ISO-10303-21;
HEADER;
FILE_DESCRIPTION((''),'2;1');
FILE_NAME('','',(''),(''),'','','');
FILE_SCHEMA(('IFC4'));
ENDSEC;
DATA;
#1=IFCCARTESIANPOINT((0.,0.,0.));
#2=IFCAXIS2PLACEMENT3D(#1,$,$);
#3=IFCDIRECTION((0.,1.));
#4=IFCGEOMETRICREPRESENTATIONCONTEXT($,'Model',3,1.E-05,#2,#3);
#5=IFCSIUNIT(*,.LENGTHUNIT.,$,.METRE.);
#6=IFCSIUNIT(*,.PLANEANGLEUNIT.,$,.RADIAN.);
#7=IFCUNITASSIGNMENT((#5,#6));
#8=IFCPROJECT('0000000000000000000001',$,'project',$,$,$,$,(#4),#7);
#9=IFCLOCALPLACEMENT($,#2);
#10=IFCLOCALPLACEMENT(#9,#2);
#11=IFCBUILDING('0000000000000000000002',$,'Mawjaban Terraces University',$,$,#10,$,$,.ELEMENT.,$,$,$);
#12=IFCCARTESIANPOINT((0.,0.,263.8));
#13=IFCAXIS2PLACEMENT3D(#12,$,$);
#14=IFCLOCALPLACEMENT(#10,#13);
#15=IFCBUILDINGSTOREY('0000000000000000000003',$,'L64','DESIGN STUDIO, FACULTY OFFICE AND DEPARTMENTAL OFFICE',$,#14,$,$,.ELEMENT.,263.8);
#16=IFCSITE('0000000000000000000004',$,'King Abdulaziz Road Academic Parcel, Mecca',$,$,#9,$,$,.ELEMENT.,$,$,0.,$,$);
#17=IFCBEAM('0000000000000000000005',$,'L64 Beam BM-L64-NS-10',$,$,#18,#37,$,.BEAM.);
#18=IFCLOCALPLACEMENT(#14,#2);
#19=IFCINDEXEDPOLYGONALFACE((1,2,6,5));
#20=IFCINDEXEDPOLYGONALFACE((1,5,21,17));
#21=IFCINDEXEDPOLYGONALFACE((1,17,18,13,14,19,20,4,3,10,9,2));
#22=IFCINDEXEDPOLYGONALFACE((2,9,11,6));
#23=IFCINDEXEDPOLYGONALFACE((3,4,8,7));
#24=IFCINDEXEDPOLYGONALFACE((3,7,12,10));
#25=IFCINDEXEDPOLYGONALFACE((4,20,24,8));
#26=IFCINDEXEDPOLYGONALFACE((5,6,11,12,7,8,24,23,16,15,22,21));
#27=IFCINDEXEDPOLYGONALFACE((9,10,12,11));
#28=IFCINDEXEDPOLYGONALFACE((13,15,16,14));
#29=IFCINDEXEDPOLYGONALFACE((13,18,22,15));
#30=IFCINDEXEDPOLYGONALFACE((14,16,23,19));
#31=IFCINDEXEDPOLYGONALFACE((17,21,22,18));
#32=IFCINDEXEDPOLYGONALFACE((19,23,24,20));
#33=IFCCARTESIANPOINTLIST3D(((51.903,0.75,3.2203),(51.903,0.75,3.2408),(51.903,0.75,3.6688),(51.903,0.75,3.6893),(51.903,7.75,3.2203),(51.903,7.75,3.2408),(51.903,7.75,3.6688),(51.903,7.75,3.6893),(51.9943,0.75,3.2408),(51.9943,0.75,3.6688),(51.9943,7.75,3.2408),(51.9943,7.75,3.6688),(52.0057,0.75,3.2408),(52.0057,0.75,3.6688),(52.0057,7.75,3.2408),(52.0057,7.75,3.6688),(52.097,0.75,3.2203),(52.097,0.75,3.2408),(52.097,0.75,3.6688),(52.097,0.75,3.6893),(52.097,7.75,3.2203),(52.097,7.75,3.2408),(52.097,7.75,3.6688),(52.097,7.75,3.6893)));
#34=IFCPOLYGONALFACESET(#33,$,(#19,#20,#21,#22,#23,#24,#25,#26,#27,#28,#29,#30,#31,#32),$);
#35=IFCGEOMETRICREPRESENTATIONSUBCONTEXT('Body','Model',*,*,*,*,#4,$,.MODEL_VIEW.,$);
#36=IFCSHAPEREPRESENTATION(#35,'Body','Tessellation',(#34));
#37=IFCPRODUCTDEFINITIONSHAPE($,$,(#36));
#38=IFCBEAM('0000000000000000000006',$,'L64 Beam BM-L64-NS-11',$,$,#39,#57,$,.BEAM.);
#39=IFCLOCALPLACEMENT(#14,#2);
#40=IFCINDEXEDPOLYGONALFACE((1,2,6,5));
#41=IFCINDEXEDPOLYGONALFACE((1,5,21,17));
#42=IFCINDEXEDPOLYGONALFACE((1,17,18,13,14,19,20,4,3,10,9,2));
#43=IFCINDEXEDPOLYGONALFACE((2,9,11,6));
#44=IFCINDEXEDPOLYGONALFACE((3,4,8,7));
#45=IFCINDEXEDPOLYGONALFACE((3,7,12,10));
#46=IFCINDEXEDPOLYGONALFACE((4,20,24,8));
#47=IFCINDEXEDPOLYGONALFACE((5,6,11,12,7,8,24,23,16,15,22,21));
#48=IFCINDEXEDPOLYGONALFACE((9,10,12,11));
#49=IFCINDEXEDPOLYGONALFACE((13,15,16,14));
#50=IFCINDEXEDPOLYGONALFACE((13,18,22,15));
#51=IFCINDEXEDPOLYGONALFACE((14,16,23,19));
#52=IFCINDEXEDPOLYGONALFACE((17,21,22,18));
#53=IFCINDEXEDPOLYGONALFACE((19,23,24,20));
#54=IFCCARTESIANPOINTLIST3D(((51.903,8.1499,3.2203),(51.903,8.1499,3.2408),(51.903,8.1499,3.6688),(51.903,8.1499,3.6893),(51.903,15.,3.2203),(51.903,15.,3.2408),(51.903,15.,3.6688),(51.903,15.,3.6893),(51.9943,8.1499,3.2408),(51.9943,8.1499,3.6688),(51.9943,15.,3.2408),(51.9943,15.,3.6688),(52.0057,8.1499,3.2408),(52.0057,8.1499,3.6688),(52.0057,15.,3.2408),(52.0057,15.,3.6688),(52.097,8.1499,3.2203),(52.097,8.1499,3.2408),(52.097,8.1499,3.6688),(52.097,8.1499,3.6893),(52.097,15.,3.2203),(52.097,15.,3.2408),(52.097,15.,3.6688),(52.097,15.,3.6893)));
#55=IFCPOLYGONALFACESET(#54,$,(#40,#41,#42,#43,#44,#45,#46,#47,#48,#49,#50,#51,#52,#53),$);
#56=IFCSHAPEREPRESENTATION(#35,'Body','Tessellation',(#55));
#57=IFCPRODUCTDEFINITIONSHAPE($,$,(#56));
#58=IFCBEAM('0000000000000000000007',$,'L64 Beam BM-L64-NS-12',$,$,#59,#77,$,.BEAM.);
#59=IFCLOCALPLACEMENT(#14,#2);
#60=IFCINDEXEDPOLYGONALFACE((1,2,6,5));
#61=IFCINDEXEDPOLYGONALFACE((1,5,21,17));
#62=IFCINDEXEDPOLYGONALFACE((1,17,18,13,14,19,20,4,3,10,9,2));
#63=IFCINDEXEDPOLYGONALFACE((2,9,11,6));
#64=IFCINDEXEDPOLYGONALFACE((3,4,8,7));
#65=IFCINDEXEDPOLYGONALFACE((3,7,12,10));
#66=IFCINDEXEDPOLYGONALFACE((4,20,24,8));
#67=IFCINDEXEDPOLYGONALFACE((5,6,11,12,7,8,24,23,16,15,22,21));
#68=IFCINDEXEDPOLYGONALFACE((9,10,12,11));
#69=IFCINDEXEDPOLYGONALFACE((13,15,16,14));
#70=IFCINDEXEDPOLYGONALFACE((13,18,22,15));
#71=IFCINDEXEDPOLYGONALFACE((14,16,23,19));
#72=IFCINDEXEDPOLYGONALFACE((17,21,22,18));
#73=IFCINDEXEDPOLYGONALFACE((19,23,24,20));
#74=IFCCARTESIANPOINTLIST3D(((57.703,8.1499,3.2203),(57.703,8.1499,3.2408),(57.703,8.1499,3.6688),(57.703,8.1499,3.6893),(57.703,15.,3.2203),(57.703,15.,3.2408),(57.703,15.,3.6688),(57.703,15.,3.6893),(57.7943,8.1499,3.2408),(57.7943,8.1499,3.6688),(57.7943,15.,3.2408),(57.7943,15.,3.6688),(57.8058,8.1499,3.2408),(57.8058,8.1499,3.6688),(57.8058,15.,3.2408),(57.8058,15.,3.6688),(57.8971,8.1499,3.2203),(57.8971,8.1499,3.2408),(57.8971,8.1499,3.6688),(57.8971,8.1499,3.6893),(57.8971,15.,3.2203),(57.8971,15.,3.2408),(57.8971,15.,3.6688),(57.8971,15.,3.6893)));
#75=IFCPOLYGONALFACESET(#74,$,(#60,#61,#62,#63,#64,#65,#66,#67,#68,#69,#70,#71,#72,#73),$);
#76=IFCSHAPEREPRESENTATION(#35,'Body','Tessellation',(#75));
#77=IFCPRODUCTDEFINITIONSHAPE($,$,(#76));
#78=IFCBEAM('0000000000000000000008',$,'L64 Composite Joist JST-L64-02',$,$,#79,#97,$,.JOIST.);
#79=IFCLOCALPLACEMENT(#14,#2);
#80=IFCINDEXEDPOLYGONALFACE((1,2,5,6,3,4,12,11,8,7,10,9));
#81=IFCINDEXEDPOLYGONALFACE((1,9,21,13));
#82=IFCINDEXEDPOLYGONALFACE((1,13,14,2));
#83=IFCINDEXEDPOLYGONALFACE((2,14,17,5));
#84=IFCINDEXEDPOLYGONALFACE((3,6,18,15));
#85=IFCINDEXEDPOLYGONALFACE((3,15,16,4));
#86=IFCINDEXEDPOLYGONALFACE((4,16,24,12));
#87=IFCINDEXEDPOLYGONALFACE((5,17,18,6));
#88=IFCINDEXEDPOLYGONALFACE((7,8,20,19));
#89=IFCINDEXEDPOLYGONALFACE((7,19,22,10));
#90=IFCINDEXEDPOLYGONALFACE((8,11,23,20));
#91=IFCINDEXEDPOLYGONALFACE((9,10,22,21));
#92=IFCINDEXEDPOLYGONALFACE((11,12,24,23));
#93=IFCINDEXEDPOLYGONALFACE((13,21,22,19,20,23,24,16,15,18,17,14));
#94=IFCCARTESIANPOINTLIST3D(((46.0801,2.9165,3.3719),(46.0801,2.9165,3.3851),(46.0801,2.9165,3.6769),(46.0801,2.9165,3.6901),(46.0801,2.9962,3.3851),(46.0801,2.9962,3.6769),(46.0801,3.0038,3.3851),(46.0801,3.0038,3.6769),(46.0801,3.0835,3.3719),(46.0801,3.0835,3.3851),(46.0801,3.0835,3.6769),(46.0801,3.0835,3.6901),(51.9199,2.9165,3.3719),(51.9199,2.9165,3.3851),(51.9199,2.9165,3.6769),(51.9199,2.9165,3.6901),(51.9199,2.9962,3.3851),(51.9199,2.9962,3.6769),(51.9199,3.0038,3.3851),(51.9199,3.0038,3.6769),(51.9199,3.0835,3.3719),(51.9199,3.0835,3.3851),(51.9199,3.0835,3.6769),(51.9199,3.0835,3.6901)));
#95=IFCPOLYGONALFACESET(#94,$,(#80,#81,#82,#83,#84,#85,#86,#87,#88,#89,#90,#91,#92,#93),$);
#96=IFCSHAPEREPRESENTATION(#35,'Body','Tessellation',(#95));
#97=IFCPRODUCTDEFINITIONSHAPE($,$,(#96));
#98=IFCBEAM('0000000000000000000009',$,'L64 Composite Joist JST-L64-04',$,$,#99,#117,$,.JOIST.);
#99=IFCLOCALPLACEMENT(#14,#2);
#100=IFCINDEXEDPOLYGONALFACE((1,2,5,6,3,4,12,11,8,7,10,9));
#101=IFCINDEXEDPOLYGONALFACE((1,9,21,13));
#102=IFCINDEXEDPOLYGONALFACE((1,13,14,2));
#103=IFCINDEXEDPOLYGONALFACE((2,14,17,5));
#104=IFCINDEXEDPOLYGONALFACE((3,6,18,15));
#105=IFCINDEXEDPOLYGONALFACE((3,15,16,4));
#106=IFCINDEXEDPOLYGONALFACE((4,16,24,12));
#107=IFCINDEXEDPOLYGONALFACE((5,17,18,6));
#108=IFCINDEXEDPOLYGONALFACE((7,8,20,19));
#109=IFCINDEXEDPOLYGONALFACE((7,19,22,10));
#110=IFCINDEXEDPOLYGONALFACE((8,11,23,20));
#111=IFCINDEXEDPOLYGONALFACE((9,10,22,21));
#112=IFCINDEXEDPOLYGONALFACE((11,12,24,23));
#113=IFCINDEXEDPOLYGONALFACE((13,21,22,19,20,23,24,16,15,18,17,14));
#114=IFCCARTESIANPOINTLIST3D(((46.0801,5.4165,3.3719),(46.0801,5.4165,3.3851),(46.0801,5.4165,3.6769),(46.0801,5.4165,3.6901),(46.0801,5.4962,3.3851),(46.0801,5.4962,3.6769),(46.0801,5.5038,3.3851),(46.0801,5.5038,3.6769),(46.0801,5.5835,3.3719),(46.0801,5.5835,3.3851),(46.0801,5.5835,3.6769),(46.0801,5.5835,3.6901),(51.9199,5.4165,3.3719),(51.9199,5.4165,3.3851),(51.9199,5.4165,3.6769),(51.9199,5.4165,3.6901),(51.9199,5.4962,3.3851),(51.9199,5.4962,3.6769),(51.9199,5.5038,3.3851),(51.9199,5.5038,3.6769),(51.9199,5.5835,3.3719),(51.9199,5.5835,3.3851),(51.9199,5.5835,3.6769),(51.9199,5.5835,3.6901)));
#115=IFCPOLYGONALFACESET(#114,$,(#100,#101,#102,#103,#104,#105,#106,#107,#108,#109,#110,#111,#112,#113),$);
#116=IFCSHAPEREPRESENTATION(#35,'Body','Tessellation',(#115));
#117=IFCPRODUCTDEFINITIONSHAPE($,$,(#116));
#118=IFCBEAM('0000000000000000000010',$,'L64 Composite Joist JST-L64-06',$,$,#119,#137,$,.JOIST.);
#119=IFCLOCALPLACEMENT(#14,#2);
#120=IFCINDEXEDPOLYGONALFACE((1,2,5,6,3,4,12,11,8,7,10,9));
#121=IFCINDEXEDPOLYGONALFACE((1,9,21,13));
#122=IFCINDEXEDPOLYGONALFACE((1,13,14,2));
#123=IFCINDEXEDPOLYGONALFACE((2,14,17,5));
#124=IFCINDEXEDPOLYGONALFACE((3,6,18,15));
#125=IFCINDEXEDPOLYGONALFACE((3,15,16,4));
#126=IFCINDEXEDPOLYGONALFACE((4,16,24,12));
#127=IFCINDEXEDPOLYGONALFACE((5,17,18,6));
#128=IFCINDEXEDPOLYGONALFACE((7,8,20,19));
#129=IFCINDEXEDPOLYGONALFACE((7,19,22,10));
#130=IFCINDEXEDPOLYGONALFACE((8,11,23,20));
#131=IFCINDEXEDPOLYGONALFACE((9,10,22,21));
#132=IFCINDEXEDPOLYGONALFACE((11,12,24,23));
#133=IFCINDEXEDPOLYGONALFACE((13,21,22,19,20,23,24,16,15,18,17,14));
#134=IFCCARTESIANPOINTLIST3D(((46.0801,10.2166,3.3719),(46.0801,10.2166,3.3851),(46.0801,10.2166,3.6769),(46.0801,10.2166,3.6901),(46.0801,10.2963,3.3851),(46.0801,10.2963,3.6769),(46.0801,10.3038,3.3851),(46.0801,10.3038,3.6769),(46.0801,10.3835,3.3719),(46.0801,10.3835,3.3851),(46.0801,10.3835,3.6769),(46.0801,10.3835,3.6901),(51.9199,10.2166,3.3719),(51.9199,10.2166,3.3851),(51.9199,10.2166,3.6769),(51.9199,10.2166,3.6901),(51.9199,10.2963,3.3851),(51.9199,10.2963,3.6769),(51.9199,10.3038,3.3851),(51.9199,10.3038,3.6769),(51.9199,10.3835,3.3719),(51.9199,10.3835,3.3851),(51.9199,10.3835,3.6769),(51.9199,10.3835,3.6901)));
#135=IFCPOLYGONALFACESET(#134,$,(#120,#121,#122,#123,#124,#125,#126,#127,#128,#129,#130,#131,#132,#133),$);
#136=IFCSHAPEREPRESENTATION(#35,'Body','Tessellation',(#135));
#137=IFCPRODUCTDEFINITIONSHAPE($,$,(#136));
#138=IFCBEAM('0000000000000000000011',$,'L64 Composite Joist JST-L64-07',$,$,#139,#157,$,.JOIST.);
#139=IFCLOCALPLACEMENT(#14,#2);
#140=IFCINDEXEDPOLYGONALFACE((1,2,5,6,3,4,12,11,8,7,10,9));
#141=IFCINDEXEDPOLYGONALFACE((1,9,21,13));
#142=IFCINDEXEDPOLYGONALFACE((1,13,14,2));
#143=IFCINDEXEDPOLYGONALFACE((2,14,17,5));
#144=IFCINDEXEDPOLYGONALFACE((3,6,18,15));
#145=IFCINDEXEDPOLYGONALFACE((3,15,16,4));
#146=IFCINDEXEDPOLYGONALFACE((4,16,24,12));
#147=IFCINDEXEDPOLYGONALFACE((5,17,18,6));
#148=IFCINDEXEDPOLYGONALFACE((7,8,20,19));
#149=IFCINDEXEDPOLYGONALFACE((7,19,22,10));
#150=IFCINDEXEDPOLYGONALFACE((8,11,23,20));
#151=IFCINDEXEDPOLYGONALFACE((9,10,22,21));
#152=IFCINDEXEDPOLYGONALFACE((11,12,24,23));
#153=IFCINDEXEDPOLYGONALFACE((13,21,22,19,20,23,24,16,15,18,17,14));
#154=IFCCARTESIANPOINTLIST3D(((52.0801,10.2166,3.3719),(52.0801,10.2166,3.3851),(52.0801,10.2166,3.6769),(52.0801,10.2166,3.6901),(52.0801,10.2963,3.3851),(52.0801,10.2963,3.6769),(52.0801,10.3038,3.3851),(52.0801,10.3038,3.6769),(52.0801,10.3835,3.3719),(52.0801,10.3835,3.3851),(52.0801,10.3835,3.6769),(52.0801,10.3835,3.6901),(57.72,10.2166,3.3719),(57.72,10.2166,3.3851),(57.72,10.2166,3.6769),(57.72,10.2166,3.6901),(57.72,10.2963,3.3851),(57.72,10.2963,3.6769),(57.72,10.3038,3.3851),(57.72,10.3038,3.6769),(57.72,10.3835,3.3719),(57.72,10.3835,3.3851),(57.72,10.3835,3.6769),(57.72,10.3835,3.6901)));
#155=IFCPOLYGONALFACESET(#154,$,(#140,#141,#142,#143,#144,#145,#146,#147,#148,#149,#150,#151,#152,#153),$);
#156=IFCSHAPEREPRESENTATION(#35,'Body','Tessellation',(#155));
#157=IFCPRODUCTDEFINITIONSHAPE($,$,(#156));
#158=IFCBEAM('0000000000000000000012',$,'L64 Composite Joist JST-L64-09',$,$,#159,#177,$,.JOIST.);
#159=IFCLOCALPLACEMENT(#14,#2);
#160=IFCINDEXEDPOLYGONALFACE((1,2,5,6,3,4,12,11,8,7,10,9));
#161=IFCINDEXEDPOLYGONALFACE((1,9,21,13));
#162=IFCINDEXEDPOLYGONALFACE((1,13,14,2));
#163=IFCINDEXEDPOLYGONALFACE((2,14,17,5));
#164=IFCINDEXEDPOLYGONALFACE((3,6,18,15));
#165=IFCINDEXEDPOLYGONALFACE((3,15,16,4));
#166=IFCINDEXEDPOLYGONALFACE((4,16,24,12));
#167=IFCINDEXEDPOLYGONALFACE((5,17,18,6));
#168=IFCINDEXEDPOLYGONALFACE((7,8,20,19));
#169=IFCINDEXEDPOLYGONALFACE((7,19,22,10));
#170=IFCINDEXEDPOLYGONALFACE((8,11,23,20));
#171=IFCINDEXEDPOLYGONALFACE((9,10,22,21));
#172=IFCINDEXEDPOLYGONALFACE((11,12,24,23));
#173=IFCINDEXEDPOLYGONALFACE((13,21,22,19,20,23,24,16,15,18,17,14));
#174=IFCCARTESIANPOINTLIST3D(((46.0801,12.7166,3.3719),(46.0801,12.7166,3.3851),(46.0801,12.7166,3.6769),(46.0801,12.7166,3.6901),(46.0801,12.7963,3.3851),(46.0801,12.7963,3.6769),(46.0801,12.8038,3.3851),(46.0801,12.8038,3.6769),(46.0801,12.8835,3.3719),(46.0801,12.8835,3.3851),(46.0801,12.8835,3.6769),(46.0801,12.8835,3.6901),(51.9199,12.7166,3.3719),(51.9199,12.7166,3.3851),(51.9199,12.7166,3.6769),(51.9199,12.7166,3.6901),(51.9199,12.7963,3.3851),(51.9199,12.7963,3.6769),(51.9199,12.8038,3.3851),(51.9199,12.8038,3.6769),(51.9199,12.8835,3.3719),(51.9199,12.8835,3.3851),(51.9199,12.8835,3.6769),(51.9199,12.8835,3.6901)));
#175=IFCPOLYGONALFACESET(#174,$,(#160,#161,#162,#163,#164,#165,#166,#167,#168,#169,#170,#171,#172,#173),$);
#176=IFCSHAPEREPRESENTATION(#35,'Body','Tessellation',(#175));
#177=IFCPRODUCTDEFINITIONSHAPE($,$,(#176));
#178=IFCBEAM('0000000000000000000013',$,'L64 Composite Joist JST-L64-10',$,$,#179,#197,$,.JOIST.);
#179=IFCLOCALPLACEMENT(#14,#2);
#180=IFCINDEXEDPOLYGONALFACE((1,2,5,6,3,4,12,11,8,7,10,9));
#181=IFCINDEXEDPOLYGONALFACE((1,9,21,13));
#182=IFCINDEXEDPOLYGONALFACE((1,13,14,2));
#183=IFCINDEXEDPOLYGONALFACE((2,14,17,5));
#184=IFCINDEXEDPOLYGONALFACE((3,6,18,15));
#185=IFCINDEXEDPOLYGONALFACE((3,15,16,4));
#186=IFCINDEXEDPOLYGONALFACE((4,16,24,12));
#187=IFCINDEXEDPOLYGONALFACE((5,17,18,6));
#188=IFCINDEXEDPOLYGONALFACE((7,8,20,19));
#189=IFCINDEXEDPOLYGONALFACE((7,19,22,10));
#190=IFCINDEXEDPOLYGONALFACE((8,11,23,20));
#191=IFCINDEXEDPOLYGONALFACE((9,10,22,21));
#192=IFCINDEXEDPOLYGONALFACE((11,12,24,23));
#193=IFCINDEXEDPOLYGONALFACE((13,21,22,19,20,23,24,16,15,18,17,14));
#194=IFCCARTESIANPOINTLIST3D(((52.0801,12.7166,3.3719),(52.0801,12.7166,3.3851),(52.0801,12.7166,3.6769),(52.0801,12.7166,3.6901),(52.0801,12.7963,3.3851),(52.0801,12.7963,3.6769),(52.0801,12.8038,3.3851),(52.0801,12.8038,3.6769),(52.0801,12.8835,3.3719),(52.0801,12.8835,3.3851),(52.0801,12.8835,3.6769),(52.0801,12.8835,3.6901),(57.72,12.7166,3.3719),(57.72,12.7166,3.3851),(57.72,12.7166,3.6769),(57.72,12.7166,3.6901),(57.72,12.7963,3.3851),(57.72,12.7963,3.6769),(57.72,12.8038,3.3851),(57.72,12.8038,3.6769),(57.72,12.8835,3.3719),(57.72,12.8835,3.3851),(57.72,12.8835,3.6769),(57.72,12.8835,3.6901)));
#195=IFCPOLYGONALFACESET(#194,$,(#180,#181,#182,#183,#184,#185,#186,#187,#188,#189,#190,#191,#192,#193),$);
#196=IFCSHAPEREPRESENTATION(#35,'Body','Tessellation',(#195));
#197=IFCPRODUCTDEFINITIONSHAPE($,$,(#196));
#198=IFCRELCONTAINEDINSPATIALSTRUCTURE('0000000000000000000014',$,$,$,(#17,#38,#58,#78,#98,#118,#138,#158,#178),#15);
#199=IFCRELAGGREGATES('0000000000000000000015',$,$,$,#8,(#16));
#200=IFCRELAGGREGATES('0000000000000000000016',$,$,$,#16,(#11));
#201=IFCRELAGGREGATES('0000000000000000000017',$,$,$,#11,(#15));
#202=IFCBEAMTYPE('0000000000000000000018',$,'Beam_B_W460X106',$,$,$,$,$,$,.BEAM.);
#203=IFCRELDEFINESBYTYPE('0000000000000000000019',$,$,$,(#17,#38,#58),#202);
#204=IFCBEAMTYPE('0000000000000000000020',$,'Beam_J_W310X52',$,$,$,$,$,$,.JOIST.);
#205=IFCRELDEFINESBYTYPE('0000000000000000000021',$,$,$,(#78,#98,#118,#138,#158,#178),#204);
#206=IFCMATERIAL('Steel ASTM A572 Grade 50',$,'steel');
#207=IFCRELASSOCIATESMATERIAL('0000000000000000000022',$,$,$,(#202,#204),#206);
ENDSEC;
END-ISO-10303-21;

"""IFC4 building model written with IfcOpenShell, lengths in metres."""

from ifc_helpers import new_model, si_unit, direction, frame, origin, origin_2d, place, context, subcontext, project, spatial, i_section, extrude, material, material_profile, profile_set, type_object, element, save


model = new_model("IFC4")

# Units and contexts
model_context = context("Model", 3, precision=1e-05, world=origin(), true_north=direction((0.0, 1.0)))
body_context = subcontext(model_context, "Body", "Model", "MODEL_VIEW")
ifc_project = project(units=[si_unit("LENGTHUNIT", "METRE"), si_unit("PLANEANGLEUNIT", "RADIAN")], contexts=[model_context])

# Site, building, storey
site_placement = place(None, origin())
site = spatial("IfcSite", under=ifc_project, at=site_placement, Name="King Abdulaziz Road Academic Parcel, Mecca", CompositionType="ELEMENT", RefElevation=0.0)
building_placement = place(site_placement, origin())
building = spatial("IfcBuilding", under=site, at=building_placement, Name="Mawjaban Terraces University", CompositionType="ELEMENT")
storey_placement = place(building_placement, frame((0.0, 0.0, 263.8)))
storey = spatial("IfcBuildingStorey", under=building, at=storey_placement, Name="L64", Description="DESIGN STUDIO, FACULTY OFFICE AND DEPARTMENTAL OFFICE", CompositionType="ELEMENT", Elevation=263.8)

# Beams
ifc_material_1 = material(Name="Steel ASTM A572 Grade 50", Category="steel")
ifc_material_profile_1 = material_profile(ifc_material_1, i_section(OverallWidth=0.1941, OverallDepth=0.469, WebThickness=0.0115, FlangeThickness=0.0205, at=origin_2d()), Name="W460X106")
ifc_profile_set_1 = profile_set([ifc_material_profile_1], Name="Steel ASTM A572 Grade 50")
beam_type_1 = type_object("IfcBeamType", Name="Beam_B_W460X106", PredefinedType="BEAM", material=ifc_profile_set_1)
beam_1_placement = place(storey_placement, frame((52.0, 0.75, 3.4548), z_axis=(0.0, 1.0, 0.0), x_axis=(-1.0, 0.0, 0.0)))
element("IfcBeam", 1, at=beam_1_placement, inside=storey, type_object=beam_type_1, Name="L64 Beam BM-L64-NS-10", PredefinedType="BEAM", context=body_context, shape_type="SweptSolid", body=[
    extrude(i_section(OverallWidth=0.1941, OverallDepth=0.469, WebThickness=0.0115, FlangeThickness=0.0205, at=origin_2d()), origin(), (0.0, 0.0, 1.0), 7.0),
])
for number, where, z_axis, x_axis, name in (
    (2, (52.0, 8.1499, 3.4548), (0.0, 1.0, 0.0), (-1.0, 0.0, 0.0), "L64 Beam BM-L64-NS-11"),
    (3, (57.8, 8.1499, 3.4548), (0.0, 1.0, 0.0), (-1.0, 0.0, 0.0), "L64 Beam BM-L64-NS-12"),
):
    element("IfcBeam", number, at=place(storey_placement, frame(where, z_axis=z_axis, x_axis=x_axis)), inside=storey, type_object=beam_type_1, Name=name, PredefinedType="BEAM", context=body_context, shape_type="SweptSolid", body=[
        extrude(i_section(OverallWidth=0.1941, OverallDepth=0.469, WebThickness=0.0115, FlangeThickness=0.0205, at=origin_2d()), origin(), (0.0, 0.0, 1.0), 6.8501),
    ])
ifc_material_profile_2 = material_profile(ifc_material_1, i_section(OverallWidth=0.167, OverallDepth=0.3181, WebThickness=0.0076, FlangeThickness=0.0132, at=origin_2d()), Name="W310X52")
ifc_profile_set_2 = profile_set([ifc_material_profile_2], Name="Steel ASTM A572 Grade 50")
beam_type_2 = type_object("IfcBeamType", Name="Beam_J_W310X52", PredefinedType="JOIST", material=ifc_profile_set_2)
for number, where, z_axis, x_axis, name in (
    (4, (46.0801, 3.0, 3.531), (1.0, 0.0, 0.0), (0.0, 1.0, 0.0), "L64 Composite Joist JST-L64-02"),
    (5, (46.0801, 5.5, 3.531), (1.0, 0.0, 0.0), (0.0, 1.0, 0.0), "L64 Composite Joist JST-L64-04"),
    (6, (46.0801, 10.3, 3.531), (1.0, 0.0, 0.0), (0.0, 1.0, 0.0), "L64 Composite Joist JST-L64-06"),
):
    element("IfcBeam", number, at=place(storey_placement, frame(where, z_axis=z_axis, x_axis=x_axis)), inside=storey, type_object=beam_type_2, Name=name, PredefinedType="JOIST", context=body_context, shape_type="SweptSolid", body=[
        extrude(i_section(OverallWidth=0.167, OverallDepth=0.3181, WebThickness=0.0076, FlangeThickness=0.0132, at=origin_2d()), origin(), (0.0, 0.0, 1.0), 5.8398),
    ])
beam_2_placement = place(storey_placement, frame((52.0801, 10.3, 3.531), z_axis=(1.0, 0.0, 0.0), x_axis=(0.0, 1.0, 0.0)))
element("IfcBeam", 7, at=beam_2_placement, inside=storey, type_object=beam_type_2, Name="L64 Composite Joist JST-L64-07", PredefinedType="JOIST", context=body_context, shape_type="SweptSolid", body=[
    extrude(i_section(OverallWidth=0.167, OverallDepth=0.3181, WebThickness=0.0076, FlangeThickness=0.0132, at=origin_2d()), origin(), (0.0, 0.0, 1.0), 5.6399),
])
beam_3_placement = place(storey_placement, frame((46.0801, 12.8, 3.531), z_axis=(1.0, 0.0, 0.0), x_axis=(0.0, 1.0, 0.0)))
element("IfcBeam", 8, at=beam_3_placement, inside=storey, type_object=beam_type_2, Name="L64 Composite Joist JST-L64-09", PredefinedType="JOIST", context=body_context, shape_type="SweptSolid", body=[
    extrude(i_section(OverallWidth=0.167, OverallDepth=0.3181, WebThickness=0.0076, FlangeThickness=0.0132, at=origin_2d()), origin(), (0.0, 0.0, 1.0), 5.8398),
])
beam_4_placement = place(storey_placement, frame((52.0801, 12.8, 3.531), z_axis=(1.0, 0.0, 0.0), x_axis=(0.0, 1.0, 0.0)))
element("IfcBeam", 9, at=beam_4_placement, inside=storey, type_object=beam_type_2, Name="L64 Composite Joist JST-L64-10", PredefinedType="JOIST", context=body_context, shape_type="SweptSolid", body=[
    extrude(i_section(OverallWidth=0.167, OverallDepth=0.3181, WebThickness=0.0076, FlangeThickness=0.0132, at=origin_2d()), origin(), (0.0, 0.0, 1.0), 5.6399),
])

save(model, "model.ifc")
